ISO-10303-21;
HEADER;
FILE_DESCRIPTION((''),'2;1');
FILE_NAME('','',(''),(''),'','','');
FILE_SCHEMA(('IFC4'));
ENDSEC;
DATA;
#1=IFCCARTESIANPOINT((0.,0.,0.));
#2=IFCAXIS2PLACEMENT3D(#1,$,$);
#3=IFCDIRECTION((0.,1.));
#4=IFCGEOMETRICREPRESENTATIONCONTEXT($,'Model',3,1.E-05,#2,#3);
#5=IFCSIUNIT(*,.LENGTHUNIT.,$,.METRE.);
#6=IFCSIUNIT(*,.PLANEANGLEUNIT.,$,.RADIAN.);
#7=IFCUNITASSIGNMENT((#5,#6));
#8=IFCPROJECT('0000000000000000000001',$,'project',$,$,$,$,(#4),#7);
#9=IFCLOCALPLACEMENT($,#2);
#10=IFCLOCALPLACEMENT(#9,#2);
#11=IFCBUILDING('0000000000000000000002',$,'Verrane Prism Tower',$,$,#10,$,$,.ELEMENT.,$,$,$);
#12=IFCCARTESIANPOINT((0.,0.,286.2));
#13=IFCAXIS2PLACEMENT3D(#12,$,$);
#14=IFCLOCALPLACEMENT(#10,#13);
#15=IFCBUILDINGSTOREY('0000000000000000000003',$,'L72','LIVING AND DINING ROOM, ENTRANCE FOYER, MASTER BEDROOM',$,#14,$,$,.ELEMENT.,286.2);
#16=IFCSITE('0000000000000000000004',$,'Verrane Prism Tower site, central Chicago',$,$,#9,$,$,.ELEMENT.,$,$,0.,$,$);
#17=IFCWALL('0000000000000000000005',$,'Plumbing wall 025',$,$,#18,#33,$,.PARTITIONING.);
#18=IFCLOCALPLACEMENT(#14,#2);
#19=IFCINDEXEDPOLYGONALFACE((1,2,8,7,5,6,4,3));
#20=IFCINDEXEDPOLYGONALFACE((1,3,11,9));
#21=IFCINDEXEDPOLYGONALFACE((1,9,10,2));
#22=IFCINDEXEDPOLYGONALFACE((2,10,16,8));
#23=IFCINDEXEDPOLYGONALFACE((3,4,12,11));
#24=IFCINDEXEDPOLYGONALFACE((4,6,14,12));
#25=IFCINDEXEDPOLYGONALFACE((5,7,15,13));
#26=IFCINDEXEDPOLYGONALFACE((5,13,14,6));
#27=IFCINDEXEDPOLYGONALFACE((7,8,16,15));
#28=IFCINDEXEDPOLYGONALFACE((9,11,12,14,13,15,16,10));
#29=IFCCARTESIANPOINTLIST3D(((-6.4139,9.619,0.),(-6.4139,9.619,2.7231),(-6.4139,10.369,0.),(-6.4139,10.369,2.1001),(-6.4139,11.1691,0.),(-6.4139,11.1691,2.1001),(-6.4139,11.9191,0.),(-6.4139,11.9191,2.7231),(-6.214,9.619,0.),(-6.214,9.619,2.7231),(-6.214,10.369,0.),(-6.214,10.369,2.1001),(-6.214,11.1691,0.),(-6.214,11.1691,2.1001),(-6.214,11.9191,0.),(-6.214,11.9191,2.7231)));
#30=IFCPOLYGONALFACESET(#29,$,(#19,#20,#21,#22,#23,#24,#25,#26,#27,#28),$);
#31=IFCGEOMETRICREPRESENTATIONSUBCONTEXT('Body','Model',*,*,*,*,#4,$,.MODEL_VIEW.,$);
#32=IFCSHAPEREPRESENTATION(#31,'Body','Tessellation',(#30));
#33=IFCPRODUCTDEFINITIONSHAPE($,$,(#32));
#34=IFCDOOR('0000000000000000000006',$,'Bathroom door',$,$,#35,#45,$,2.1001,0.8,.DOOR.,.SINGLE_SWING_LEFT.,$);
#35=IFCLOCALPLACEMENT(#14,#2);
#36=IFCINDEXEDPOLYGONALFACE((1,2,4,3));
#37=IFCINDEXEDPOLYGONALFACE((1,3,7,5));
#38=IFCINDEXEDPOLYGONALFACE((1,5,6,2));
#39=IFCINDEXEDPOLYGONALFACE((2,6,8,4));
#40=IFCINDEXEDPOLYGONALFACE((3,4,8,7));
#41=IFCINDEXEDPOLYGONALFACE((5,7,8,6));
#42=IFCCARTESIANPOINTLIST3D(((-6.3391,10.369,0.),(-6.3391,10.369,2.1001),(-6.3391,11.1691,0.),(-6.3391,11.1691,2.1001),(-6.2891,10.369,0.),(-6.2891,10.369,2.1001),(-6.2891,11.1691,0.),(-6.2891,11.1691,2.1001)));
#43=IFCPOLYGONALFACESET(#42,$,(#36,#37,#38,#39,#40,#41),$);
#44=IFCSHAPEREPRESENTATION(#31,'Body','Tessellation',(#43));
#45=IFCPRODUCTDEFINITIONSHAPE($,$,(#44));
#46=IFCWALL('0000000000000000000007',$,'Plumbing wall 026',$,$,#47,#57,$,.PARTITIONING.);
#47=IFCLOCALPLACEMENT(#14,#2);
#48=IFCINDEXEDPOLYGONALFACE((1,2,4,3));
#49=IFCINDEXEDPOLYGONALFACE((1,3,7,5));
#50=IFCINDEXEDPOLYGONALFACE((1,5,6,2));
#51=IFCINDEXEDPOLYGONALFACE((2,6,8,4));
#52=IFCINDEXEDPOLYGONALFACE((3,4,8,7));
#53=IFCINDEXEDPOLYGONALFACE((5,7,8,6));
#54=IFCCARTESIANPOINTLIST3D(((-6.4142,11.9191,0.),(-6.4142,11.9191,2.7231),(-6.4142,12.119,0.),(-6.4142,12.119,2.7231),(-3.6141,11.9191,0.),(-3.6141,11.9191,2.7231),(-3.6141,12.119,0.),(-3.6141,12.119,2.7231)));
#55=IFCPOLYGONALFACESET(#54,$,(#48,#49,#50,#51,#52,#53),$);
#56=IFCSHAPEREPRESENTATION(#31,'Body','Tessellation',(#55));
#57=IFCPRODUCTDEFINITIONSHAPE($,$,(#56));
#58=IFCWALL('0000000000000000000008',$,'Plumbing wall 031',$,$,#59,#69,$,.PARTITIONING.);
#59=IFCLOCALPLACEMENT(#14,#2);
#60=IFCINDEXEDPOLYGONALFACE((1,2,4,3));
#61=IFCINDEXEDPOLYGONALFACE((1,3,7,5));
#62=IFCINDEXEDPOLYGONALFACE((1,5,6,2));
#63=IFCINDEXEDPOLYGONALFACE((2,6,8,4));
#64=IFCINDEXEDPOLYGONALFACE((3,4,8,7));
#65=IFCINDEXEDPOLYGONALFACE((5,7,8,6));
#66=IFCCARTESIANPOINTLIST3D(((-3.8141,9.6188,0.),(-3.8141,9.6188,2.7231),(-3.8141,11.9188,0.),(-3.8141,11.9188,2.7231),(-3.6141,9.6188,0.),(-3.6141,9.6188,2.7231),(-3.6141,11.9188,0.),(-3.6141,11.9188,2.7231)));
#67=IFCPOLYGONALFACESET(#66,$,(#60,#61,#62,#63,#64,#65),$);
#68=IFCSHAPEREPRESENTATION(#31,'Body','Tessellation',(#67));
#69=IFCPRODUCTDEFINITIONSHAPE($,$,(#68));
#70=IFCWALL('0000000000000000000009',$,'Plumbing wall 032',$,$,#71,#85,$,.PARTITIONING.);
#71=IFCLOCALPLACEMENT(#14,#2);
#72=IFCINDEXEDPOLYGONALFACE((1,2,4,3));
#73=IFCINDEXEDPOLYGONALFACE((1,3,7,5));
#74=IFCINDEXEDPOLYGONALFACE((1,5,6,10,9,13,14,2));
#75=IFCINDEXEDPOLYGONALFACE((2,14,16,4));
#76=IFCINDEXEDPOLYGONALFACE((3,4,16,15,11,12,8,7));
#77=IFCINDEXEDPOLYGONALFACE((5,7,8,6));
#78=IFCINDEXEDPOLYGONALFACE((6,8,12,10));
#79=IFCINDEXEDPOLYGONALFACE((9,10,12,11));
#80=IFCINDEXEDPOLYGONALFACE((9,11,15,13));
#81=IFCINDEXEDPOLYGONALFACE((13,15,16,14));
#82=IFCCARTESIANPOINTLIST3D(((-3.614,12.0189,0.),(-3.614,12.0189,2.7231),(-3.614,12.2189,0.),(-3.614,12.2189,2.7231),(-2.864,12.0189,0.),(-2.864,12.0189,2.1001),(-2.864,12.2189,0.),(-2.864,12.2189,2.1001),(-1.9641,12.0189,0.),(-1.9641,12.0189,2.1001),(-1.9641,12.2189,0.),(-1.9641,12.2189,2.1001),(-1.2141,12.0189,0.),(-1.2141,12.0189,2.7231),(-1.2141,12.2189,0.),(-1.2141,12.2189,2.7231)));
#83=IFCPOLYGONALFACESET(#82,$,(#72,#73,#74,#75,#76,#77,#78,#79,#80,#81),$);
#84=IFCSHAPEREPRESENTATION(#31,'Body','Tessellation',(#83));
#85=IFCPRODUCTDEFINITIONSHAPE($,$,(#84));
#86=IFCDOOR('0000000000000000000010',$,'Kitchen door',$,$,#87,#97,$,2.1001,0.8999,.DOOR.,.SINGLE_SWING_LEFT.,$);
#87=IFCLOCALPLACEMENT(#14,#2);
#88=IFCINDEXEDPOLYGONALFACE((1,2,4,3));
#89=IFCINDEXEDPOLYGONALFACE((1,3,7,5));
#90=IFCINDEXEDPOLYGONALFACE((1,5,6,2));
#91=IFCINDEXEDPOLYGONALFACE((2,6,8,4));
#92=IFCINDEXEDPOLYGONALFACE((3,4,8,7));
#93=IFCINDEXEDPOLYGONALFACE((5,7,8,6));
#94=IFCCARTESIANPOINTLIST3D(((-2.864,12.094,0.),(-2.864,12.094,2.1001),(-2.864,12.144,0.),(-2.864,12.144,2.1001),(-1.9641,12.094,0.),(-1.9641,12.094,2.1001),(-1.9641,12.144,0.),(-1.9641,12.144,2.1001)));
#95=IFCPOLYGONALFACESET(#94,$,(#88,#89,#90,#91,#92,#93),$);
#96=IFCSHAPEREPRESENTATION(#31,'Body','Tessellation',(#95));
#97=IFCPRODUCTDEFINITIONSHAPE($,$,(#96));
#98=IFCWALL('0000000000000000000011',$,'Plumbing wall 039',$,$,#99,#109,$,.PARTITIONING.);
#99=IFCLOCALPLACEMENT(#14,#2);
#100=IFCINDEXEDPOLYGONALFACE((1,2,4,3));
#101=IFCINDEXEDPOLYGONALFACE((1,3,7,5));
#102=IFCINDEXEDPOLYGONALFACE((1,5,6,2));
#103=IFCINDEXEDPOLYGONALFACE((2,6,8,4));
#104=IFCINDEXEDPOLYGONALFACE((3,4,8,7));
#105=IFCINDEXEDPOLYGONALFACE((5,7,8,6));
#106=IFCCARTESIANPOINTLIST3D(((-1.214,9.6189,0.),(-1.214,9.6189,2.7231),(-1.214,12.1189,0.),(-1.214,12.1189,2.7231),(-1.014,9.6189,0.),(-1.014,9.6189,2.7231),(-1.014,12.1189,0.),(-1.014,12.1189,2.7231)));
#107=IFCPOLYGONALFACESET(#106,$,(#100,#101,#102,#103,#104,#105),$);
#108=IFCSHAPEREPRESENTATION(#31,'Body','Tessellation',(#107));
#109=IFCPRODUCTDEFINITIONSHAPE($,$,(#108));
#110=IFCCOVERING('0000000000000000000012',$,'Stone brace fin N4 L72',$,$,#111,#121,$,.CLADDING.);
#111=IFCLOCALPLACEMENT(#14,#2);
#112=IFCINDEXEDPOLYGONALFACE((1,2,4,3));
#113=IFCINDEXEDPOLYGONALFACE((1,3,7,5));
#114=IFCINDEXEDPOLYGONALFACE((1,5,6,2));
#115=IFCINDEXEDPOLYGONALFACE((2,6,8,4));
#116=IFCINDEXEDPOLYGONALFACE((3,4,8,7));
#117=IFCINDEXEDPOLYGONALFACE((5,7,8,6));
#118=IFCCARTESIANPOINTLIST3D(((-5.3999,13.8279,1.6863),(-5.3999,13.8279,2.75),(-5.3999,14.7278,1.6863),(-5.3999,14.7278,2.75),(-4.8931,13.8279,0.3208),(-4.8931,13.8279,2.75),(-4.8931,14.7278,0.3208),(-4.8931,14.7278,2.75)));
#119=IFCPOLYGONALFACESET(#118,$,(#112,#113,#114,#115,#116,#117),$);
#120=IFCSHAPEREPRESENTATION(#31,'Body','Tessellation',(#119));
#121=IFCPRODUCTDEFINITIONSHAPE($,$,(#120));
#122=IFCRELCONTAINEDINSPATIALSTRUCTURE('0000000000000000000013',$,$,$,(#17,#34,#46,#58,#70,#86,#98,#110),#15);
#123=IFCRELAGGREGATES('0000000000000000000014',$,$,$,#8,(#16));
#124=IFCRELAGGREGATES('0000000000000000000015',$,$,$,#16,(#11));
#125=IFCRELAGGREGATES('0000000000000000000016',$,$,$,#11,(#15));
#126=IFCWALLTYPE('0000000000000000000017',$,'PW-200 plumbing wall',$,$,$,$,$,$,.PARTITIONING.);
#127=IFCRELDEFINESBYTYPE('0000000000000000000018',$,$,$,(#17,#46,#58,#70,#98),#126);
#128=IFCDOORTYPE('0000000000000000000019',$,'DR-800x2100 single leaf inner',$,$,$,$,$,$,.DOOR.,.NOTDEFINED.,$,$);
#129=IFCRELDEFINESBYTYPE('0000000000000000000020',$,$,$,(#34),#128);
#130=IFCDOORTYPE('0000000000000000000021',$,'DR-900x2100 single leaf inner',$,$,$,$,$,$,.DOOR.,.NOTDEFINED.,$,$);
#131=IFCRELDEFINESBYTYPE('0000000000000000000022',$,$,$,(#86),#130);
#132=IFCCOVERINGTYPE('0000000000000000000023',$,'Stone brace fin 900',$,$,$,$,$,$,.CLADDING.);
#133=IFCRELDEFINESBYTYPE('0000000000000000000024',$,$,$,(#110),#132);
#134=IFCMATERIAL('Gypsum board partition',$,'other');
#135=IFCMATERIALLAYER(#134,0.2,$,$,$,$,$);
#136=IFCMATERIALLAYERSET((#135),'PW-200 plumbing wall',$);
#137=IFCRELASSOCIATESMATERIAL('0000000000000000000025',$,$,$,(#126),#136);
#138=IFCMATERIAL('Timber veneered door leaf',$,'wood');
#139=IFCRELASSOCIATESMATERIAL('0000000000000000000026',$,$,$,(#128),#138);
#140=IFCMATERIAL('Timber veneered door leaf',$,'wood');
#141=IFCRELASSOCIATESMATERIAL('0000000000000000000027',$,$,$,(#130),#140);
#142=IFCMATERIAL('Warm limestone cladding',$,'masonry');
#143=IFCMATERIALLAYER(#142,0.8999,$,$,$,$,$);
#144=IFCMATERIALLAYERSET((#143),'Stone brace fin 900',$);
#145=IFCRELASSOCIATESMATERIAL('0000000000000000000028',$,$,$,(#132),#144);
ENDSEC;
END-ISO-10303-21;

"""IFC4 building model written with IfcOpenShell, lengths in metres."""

from ifc_helpers import new_model, si_unit, direction, frame, frame_2d, origin, place, context, subcontext, project, spatial, polyline, rectangle, outline, extrude, material, layer, layer_set, type_object, element, fill, save


model = new_model("IFC4")

# Units and contexts
model_context = context("Model", 3, precision=1e-05, world=origin(), true_north=direction((0.0, 1.0)))
body_context = subcontext(model_context, "Body", "Model", "MODEL_VIEW")
ifc_project = project(units=[si_unit("LENGTHUNIT", "METRE"), si_unit("PLANEANGLEUNIT", "RADIAN")], contexts=[model_context])

# Site, building, storey
site_placement = place(None, origin())
site = spatial("IfcSite", under=ifc_project, at=site_placement, Name="Verrane Prism Tower site, central Chicago", CompositionType="ELEMENT", RefElevation=0.0)
building_placement = place(site_placement, origin())
building = spatial("IfcBuilding", under=site, at=building_placement, Name="Verrane Prism Tower", CompositionType="ELEMENT")
storey_placement = place(building_placement, frame((0.0, 0.0, 286.2)))
storey = spatial("IfcBuildingStorey", under=building, at=storey_placement, Name="L72", Description="LIVING AND DINING ROOM, ENTRANCE FOYER, MASTER BEDROOM", CompositionType="ELEMENT", Elevation=286.2)

# Shared definitions
ifc_material_1 = material(Name="Gypsum board partition", Category="other")
ifc_layer_1 = layer(ifc_material_1, 0.2)
ifc_layer_set_1 = layer_set([ifc_layer_1], Name="PW-200 plumbing wall")
wall_type_1 = type_object("IfcWallType", Name="PW-200 plumbing wall", PredefinedType="PARTITIONING", material=ifc_layer_set_1)

# Wall, opening, door
wall_1_placement = place(storey_placement, frame((-6.314, 11.9189, 0.0), z_axis=(0.0, 0.0, 1.0), x_axis=(0.0, -1.0, 0.0)))
wall_1 = element("IfcWall", 1, at=wall_1_placement, inside=storey, type_object=wall_type_1, Name="Plumbing wall 025", PredefinedType="PARTITIONING", context=body_context, shape_type="SweptSolid", body=[
    extrude(rectangle(XDim=2.3, YDim=0.2, at=frame_2d((1.1499, 0.0))), origin(), (0.0, 0.0, 1.0), 2.7231),
])
opening_1_placement = place(wall_1_placement, frame((0.75, 0.0, 0.0)))
opening_1 = element("IfcOpeningElement", 2, at=opening_1_placement, cuts=wall_1, PredefinedType="OPENING", context=body_context, shape_type="SweptSolid", body=[
    extrude(rectangle(XDim=0.8, YDim=2.1001, at=frame_2d((0.3999, 1.05))), frame((0.0, 0.1099, 0.0), z_axis=(0.0, -1.0, 0.0), x_axis=(1.0, 0.0, 0.0)), (0.0, 0.0, 1.0), 0.22),
])
ifc_material_2 = material(Name="Timber veneered door leaf", Category="wood")
door_type_1 = type_object("IfcDoorType", Name="DR-800x2100 single leaf inner", OperationType="NOTDEFINED", PredefinedType="DOOR", material=ifc_material_2)
door_1_placement = place(opening_1_placement, origin())
door_1 = element("IfcDoor", 3, at=door_1_placement, inside=storey, type_object=door_type_1, Name="Bathroom door", OperationType="SINGLE_SWING_LEFT", OverallHeight=2.1001, OverallWidth=0.8, PredefinedType="DOOR", context=body_context, shape_type="SweptSolid", body=[
    extrude(rectangle(XDim=0.8, YDim=2.1001, at=frame_2d((0.3999, 1.05))), frame((0.0, 0.0249, 0.0), z_axis=(0.0, -1.0, 0.0), x_axis=(1.0, 0.0, 0.0)), (0.0, 0.0, 1.0), 0.05),
])
fill(opening_1, door_1)

# Walls
wall_2_placement = place(storey_placement, frame((-6.4141, 12.019, 0.0), z_axis=(0.0, 0.0, 1.0), x_axis=(1.0, 0.0, 0.0)))
element("IfcWall", 4, at=wall_2_placement, inside=storey, type_object=wall_type_1, Name="Plumbing wall 026", PredefinedType="PARTITIONING", context=body_context, shape_type="SweptSolid", body=[
    extrude(rectangle(XDim=2.8, YDim=0.2, at=frame_2d((1.3999, 0.0))), origin(), (0.0, 0.0, 1.0), 2.7231),
])
wall_3_placement = place(storey_placement, frame((-3.7141, 9.6189, 0.0), z_axis=(0.0, 0.0, 1.0), x_axis=(0.0, 1.0, 0.0)))
element("IfcWall", 5, at=wall_3_placement, inside=storey, type_object=wall_type_1, Name="Plumbing wall 031", PredefinedType="PARTITIONING", context=body_context, shape_type="SweptSolid", body=[
    extrude(rectangle(XDim=2.3, YDim=0.2, at=frame_2d((1.1499, 0.0))), origin(), (0.0, 0.0, 1.0), 2.7231),
])

# Wall, opening, door
wall_4_placement = place(storey_placement, frame((-1.2141, 12.1189, 0.0), z_axis=(0.0, 0.0, 1.0), x_axis=(-1.0, 0.0, 0.0)))
wall_4 = element("IfcWall", 6, at=wall_4_placement, inside=storey, type_object=wall_type_1, Name="Plumbing wall 032", PredefinedType="PARTITIONING", context=body_context, shape_type="SweptSolid", body=[
    extrude(rectangle(XDim=2.3999, YDim=0.2, at=frame_2d((1.2, 0.0))), origin(), (0.0, 0.0, 1.0), 2.7231),
])
opening_2_placement = place(wall_4_placement, frame((0.75, 0.0, 0.0)))
opening_2 = element("IfcOpeningElement", 7, at=opening_2_placement, cuts=wall_4, PredefinedType="OPENING", context=body_context, shape_type="SweptSolid", body=[
    extrude(rectangle(XDim=0.8999, YDim=2.1001, at=frame_2d((0.45, 1.05))), frame((0.0, 0.1099, 0.0), z_axis=(0.0, -1.0, 0.0), x_axis=(1.0, 0.0, 0.0)), (0.0, 0.0, 1.0), 0.22),
])
ifc_material_3 = material(Name="Timber veneered door leaf", Category="wood")
door_type_2 = type_object("IfcDoorType", Name="DR-900x2100 single leaf inner", OperationType="NOTDEFINED", PredefinedType="DOOR", material=ifc_material_3)
door_2_placement = place(opening_2_placement, origin())
door_2 = element("IfcDoor", 8, at=door_2_placement, inside=storey, type_object=door_type_2, Name="Kitchen door", OperationType="SINGLE_SWING_LEFT", OverallHeight=2.1001, OverallWidth=0.8999, PredefinedType="DOOR", context=body_context, shape_type="SweptSolid", body=[
    extrude(rectangle(XDim=0.8999, YDim=2.1001, at=frame_2d((0.45, 1.05))), frame((0.0, 0.0249, 0.0), z_axis=(0.0, -1.0, 0.0), x_axis=(1.0, 0.0, 0.0)), (0.0, 0.0, 1.0), 0.05),
])
fill(opening_2, door_2)

# Wall
wall_5_placement = place(storey_placement, frame((-1.114, 9.6189, 0.0), z_axis=(0.0, 0.0, 1.0), x_axis=(0.0, 1.0, 0.0)))
element("IfcWall", 9, at=wall_5_placement, inside=storey, type_object=wall_type_1, Name="Plumbing wall 039", PredefinedType="PARTITIONING", context=body_context, shape_type="SweptSolid", body=[
    extrude(rectangle(XDim=2.5, YDim=0.2, at=frame_2d((1.25, 0.0))), origin(), (0.0, 0.0, 1.0), 2.7231),
])

# Covering
ifc_material_4 = material(Name="Warm limestone cladding", Category="masonry")
ifc_layer_2 = layer(ifc_material_4, 0.8999)
ifc_layer_set_2 = layer_set([ifc_layer_2], Name="Stone brace fin 900")
covering_type = type_object("IfcCoveringType", Name="Stone brace fin 900", PredefinedType="CLADDING", material=ifc_layer_set_2)
covering_placement = place(storey_placement, frame((-4.8931, 14.2778, 0.3208), z_axis=(0.0, 0.0, 1.0), x_axis=(-1.0, 0.0, 0.0)))
element("IfcCovering", 10, at=covering_placement, inside=storey, type_object=covering_type, Name="Stone brace fin N4 L72", PredefinedType="CLADDING", context=body_context, shape_type="SweptSolid", body=[
    extrude(outline(polyline([(0.5068, 2.4292), (0.0, 2.4292), (0.0, 0.0), (0.5068, 1.3655), (0.5068, 2.4292)])), frame((0.0, 0.45, 0.0), z_axis=(0.0, -1.0, 0.0), x_axis=(1.0, 0.0, 0.0)), (0.0, 0.0, 1.0), 0.8999),
])

save(model, "model.ifc")
